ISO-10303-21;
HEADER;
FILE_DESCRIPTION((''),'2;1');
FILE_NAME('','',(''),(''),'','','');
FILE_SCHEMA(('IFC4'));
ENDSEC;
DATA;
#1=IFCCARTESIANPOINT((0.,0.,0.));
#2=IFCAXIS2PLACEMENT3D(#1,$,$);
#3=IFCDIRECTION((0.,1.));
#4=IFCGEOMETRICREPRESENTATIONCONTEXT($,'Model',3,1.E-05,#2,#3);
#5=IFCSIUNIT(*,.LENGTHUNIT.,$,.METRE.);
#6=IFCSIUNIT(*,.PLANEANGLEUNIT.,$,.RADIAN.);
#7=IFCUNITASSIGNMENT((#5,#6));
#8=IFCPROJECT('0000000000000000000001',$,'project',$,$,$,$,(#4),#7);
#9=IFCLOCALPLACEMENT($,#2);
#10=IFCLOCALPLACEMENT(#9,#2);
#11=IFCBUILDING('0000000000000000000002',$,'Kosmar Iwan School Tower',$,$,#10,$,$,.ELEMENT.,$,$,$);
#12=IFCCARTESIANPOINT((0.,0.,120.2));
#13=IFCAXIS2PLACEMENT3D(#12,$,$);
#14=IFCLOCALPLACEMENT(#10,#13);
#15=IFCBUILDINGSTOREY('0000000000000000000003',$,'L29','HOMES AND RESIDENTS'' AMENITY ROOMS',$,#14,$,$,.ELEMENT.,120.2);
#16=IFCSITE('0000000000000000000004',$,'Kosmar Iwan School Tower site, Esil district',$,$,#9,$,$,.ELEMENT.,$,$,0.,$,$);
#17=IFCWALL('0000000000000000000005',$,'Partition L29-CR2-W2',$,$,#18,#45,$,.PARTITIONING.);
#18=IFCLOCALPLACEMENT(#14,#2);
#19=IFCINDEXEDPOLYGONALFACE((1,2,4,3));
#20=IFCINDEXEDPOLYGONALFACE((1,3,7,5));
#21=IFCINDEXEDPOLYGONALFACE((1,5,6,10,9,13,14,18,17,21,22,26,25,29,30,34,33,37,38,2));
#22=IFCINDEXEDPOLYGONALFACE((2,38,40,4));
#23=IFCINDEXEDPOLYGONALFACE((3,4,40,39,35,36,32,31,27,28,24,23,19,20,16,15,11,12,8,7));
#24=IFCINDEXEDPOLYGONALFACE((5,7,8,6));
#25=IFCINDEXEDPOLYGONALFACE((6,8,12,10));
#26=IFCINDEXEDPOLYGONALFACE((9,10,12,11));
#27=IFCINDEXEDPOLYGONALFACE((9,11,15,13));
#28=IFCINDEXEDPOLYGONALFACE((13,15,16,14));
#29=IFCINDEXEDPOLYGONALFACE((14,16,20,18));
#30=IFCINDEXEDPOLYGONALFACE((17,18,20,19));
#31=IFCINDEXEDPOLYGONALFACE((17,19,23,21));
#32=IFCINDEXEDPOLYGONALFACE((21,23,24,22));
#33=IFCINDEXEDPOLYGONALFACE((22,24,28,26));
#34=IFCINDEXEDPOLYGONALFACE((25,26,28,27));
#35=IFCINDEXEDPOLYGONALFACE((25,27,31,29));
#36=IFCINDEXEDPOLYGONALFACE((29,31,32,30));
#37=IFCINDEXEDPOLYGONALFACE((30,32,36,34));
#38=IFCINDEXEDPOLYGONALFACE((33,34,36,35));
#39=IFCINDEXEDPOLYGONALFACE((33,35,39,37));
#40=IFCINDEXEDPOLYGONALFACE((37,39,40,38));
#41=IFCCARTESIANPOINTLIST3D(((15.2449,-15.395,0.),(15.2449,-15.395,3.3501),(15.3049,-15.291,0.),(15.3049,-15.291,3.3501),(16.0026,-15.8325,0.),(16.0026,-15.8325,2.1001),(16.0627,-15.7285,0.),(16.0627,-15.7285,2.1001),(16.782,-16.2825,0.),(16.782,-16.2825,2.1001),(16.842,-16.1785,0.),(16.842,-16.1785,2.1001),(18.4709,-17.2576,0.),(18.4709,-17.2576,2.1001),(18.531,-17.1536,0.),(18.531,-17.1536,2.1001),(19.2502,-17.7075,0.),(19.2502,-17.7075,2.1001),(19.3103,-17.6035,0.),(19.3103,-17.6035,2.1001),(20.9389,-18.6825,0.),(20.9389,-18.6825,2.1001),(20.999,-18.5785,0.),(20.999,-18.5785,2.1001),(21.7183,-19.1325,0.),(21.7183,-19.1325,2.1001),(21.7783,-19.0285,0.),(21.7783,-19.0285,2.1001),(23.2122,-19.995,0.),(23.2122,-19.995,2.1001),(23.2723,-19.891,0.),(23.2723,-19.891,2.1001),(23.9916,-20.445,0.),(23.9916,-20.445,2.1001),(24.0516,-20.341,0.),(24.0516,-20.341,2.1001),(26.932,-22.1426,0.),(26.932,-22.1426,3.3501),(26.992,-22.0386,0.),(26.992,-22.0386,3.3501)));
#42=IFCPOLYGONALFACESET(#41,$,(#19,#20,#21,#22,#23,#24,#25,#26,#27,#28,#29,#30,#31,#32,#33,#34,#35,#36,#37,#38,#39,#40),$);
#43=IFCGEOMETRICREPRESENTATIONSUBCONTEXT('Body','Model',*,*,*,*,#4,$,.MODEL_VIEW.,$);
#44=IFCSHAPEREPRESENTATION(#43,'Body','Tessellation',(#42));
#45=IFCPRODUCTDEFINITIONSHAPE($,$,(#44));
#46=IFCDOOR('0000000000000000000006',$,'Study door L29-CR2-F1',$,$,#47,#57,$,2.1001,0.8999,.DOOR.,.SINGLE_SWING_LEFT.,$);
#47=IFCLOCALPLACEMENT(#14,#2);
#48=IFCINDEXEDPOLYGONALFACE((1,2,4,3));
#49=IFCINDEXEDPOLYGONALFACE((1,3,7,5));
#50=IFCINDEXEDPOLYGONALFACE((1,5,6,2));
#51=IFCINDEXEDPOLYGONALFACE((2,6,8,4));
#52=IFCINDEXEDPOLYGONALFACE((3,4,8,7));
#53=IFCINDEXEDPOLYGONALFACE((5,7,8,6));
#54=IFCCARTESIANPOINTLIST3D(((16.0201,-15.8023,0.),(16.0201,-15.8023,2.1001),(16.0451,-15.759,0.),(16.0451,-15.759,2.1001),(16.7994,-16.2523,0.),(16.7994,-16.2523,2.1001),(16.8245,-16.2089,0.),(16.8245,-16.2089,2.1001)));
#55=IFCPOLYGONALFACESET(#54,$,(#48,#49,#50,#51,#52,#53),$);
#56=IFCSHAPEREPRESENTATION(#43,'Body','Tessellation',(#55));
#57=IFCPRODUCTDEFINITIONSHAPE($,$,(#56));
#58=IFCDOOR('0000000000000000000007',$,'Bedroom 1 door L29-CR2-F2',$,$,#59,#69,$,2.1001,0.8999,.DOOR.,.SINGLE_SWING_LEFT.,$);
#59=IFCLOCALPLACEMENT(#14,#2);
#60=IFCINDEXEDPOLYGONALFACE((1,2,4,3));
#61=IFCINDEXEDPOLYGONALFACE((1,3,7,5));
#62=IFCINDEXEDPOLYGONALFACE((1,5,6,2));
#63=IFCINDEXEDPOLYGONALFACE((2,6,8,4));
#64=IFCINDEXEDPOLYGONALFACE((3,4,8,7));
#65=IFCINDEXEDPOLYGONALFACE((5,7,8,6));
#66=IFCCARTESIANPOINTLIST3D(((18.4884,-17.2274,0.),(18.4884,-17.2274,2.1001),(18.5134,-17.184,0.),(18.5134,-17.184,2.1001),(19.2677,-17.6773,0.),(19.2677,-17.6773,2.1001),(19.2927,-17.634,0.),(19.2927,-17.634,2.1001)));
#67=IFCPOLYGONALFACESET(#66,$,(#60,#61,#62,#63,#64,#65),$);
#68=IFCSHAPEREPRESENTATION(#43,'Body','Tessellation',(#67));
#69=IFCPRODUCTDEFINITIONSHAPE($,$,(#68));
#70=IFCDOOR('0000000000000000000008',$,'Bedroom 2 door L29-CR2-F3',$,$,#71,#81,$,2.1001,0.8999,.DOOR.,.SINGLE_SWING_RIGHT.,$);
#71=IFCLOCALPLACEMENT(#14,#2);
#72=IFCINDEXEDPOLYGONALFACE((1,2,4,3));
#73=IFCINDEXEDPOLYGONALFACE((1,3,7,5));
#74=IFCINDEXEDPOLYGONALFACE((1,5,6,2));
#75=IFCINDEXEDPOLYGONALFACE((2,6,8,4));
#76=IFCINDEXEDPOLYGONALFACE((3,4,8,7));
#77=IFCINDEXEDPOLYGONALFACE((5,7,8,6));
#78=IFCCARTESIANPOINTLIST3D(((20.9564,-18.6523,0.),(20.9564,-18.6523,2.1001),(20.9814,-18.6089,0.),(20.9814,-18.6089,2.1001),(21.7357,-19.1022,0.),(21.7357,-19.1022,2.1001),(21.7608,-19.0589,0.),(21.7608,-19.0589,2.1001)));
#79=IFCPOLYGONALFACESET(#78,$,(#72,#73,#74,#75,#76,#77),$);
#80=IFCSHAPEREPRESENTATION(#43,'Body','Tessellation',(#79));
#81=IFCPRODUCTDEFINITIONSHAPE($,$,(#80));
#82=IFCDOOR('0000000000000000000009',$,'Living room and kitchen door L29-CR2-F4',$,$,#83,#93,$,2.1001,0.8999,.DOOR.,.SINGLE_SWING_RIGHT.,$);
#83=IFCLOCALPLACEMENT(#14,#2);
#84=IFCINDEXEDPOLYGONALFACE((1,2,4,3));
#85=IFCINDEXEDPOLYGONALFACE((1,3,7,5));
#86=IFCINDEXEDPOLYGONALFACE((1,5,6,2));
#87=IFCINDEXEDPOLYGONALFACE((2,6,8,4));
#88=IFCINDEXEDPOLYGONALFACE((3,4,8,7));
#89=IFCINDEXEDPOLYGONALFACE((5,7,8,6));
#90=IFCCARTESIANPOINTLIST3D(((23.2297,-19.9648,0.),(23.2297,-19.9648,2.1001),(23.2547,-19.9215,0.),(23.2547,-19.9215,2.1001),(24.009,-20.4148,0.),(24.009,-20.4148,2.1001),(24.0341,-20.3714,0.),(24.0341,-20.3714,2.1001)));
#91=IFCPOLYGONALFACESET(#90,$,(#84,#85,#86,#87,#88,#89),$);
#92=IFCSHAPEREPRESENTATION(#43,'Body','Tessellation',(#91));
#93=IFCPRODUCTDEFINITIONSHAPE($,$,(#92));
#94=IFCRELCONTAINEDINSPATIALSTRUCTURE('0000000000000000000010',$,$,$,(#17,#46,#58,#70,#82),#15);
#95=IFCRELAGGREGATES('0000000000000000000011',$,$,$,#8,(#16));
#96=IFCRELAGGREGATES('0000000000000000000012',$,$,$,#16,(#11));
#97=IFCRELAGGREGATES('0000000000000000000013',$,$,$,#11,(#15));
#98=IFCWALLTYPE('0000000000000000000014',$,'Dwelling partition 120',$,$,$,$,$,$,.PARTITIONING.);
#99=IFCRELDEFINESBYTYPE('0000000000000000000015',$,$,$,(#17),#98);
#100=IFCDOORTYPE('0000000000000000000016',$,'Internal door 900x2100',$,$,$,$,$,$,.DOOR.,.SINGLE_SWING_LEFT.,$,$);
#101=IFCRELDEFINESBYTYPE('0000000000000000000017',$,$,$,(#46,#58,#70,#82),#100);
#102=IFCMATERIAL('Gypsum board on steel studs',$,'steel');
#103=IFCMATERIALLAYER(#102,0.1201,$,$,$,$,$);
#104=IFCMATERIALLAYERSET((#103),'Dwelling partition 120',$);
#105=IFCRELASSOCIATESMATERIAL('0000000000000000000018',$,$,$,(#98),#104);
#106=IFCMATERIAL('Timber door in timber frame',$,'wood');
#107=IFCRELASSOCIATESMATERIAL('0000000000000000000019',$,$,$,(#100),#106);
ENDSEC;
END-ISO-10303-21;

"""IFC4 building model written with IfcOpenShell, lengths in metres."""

from ifc_helpers import new_model, si_unit, direction, frame, frame_2d, origin, place, context, subcontext, project, spatial, rectangle, extrude, material, layer, layer_set, type_object, element, fill, save


model = new_model("IFC4")

# Units and contexts
model_context = context("Model", 3, precision=1e-05, world=origin(), true_north=direction((0.0, 1.0)))
body_context = subcontext(model_context, "Body", "Model", "MODEL_VIEW")
ifc_project = project(units=[si_unit("LENGTHUNIT", "METRE"), si_unit("PLANEANGLEUNIT", "RADIAN")], contexts=[model_context])

# Site, building, storey
site_placement = place(None, origin())
site = spatial("IfcSite", under=ifc_project, at=site_placement, Name="Kosmar Iwan School Tower site, Esil district", CompositionType="ELEMENT", RefElevation=0.0)
building_placement = place(site_placement, origin())
building = spatial("IfcBuilding", under=site, at=building_placement, Name="Kosmar Iwan School Tower", CompositionType="ELEMENT")
storey_placement = place(building_placement, frame((0.0, 0.0, 120.2)))
storey = spatial("IfcBuildingStorey", under=building, at=storey_placement, Name="L29", Description="HOMES AND RESIDENTS' AMENITY ROOMS", CompositionType="ELEMENT", Elevation=120.2)

# Shared definitions
ifc_material_1 = material(Name="Gypsum board on steel studs", Category="steel")
ifc_layer_1 = layer(ifc_material_1, 0.1201)
ifc_layer_set_1 = layer_set([ifc_layer_1], Name="Dwelling partition 120")
wall_type_1 = type_object("IfcWallType", Name="Dwelling partition 120", PredefinedType="PARTITIONING", material=ifc_layer_set_1)

# Wall, openings, doors
ifc_material_2 = material(Name="Timber door in timber frame", Category="wood")
door_type_1 = type_object("IfcDoorType", Name="Internal door 900x2100", OperationType="SINGLE_SWING_LEFT", PredefinedType="DOOR", material=ifc_material_2)
wall_1_placement = place(storey_placement, frame((15.2749, -15.343, 0.0), z_axis=(0.0, 0.0, 1.0), x_axis=(0.866024, -0.500003, 0.0)))
wall_1 = element("IfcWall", 1, at=wall_1_placement, inside=storey, type_object=wall_type_1, Name="Partition L29-CR2-W2", PredefinedType="PARTITIONING", context=body_context, shape_type="SweptSolid", body=[
    extrude(rectangle(XDim=13.4951, YDim=0.1201, at=frame_2d((6.7476, 0.0))), origin(), (0.0, 0.0, 1.0), 3.3501),
])
opening_1_placement = place(wall_1_placement, frame((0.875, 0.0, 0.0)))
opening_1 = element("IfcOpeningElement", 2, at=opening_1_placement, cuts=wall_1, PredefinedType="OPENING", context=body_context, shape_type="SweptSolid", body=[
    extrude(rectangle(XDim=0.8999, YDim=2.1001, at=frame_2d((0.45, 1.05))), frame((0.0, 0.072, 0.0), z_axis=(0.0, -1.0, 0.0), x_axis=(1.0, 0.0, 0.0)), (0.0, 0.0, 1.0), 0.144),
])
opening_2_placement = place(wall_1_placement, frame((3.7251, 0.0, 0.0)))
opening_2 = element("IfcOpeningElement", 3, at=opening_2_placement, cuts=wall_1, PredefinedType="OPENING", context=body_context, shape_type="SweptSolid", body=[
    extrude(rectangle(XDim=0.8999, YDim=2.1001, at=frame_2d((0.45, 1.05))), frame((0.0, 0.072, 0.0), z_axis=(0.0, -1.0, 0.0), x_axis=(1.0, 0.0, 0.0)), (0.0, 0.0, 1.0), 0.144),
])
opening_3_placement = place(wall_1_placement, frame((6.575, 0.0, 0.0)))
opening_3 = element("IfcOpeningElement", 4, at=opening_3_placement, cuts=wall_1, PredefinedType="OPENING", context=body_context, shape_type="SweptSolid", body=[
    extrude(rectangle(XDim=0.8999, YDim=2.1001, at=frame_2d((0.45, 1.05))), frame((0.0, 0.072, 0.0), z_axis=(0.0, -1.0, 0.0), x_axis=(1.0, 0.0, 0.0)), (0.0, 0.0, 1.0), 0.144),
])
opening_4_placement = place(wall_1_placement, frame((9.2, 0.0, 0.0)))
opening_4 = element("IfcOpeningElement", 5, at=opening_4_placement, cuts=wall_1, PredefinedType="OPENING", context=body_context, shape_type="SweptSolid", body=[
    extrude(rectangle(XDim=0.8999, YDim=2.1001, at=frame_2d((0.45, 1.05))), frame((0.0, 0.072, 0.0), z_axis=(0.0, -1.0, 0.0), x_axis=(1.0, 0.0, 0.0)), (0.0, 0.0, 1.0), 0.144),
])
door_1_placement = place(opening_1_placement, origin())
door_1 = element("IfcDoor", 6, at=door_1_placement, inside=storey, type_object=door_type_1, Name="Study door L29-CR2-F1", OperationType="SINGLE_SWING_LEFT", OverallHeight=2.1001, OverallWidth=0.8999, PredefinedType="DOOR", context=body_context, shape_type="SweptSolid", body=[
    extrude(rectangle(XDim=0.8999, YDim=2.1001, at=frame_2d((0.45, 1.05))), frame((0.0, 0.0249, 0.0), z_axis=(0.0, -1.0, 0.0), x_axis=(1.0, 0.0, 0.0)), (0.0, 0.0, 1.0), 0.05),
])
fill(opening_1, door_1)
door_2_placement = place(opening_2_placement, origin())
door_2 = element("IfcDoor", 7, at=door_2_placement, inside=storey, type_object=door_type_1, Name="Bedroom 1 door L29-CR2-F2", OperationType="SINGLE_SWING_LEFT", OverallHeight=2.1001, OverallWidth=0.8999, PredefinedType="DOOR", context=body_context, shape_type="SweptSolid", body=[
    extrude(rectangle(XDim=0.8999, YDim=2.1001, at=frame_2d((0.45, 1.05))), frame((0.0, 0.0249, 0.0), z_axis=(0.0, -1.0, 0.0), x_axis=(1.0, 0.0, 0.0)), (0.0, 0.0, 1.0), 0.05),
])
fill(opening_2, door_2)
door_3_placement = place(opening_3_placement, origin())
door_3 = element("IfcDoor", 8, at=door_3_placement, inside=storey, type_object=door_type_1, Name="Bedroom 2 door L29-CR2-F3", OperationType="SINGLE_SWING_RIGHT", OverallHeight=2.1001, OverallWidth=0.8999, PredefinedType="DOOR", context=body_context, shape_type="SweptSolid", body=[
    extrude(rectangle(XDim=0.8999, YDim=2.1001, at=frame_2d((0.45, 1.05))), frame((0.0, 0.0249, 0.0), z_axis=(0.0, -1.0, 0.0), x_axis=(1.0, 0.0, 0.0)), (0.0, 0.0, 1.0), 0.05),
])
fill(opening_3, door_3)
door_4_placement = place(opening_4_placement, origin())
door_4 = element("IfcDoor", 9, at=door_4_placement, inside=storey, type_object=door_type_1, Name="Living room and kitchen door L29-CR2-F4", OperationType="SINGLE_SWING_RIGHT", OverallHeight=2.1001, OverallWidth=0.8999, PredefinedType="DOOR", context=body_context, shape_type="SweptSolid", body=[
    extrude(rectangle(XDim=0.8999, YDim=2.1001, at=frame_2d((0.45, 1.05))), frame((0.0, 0.0249, 0.0), z_axis=(0.0, -1.0, 0.0), x_axis=(1.0, 0.0, 0.0)), (0.0, 0.0, 1.0), 0.05),
])
fill(opening_4, door_4)

save(model, "model.ifc")
